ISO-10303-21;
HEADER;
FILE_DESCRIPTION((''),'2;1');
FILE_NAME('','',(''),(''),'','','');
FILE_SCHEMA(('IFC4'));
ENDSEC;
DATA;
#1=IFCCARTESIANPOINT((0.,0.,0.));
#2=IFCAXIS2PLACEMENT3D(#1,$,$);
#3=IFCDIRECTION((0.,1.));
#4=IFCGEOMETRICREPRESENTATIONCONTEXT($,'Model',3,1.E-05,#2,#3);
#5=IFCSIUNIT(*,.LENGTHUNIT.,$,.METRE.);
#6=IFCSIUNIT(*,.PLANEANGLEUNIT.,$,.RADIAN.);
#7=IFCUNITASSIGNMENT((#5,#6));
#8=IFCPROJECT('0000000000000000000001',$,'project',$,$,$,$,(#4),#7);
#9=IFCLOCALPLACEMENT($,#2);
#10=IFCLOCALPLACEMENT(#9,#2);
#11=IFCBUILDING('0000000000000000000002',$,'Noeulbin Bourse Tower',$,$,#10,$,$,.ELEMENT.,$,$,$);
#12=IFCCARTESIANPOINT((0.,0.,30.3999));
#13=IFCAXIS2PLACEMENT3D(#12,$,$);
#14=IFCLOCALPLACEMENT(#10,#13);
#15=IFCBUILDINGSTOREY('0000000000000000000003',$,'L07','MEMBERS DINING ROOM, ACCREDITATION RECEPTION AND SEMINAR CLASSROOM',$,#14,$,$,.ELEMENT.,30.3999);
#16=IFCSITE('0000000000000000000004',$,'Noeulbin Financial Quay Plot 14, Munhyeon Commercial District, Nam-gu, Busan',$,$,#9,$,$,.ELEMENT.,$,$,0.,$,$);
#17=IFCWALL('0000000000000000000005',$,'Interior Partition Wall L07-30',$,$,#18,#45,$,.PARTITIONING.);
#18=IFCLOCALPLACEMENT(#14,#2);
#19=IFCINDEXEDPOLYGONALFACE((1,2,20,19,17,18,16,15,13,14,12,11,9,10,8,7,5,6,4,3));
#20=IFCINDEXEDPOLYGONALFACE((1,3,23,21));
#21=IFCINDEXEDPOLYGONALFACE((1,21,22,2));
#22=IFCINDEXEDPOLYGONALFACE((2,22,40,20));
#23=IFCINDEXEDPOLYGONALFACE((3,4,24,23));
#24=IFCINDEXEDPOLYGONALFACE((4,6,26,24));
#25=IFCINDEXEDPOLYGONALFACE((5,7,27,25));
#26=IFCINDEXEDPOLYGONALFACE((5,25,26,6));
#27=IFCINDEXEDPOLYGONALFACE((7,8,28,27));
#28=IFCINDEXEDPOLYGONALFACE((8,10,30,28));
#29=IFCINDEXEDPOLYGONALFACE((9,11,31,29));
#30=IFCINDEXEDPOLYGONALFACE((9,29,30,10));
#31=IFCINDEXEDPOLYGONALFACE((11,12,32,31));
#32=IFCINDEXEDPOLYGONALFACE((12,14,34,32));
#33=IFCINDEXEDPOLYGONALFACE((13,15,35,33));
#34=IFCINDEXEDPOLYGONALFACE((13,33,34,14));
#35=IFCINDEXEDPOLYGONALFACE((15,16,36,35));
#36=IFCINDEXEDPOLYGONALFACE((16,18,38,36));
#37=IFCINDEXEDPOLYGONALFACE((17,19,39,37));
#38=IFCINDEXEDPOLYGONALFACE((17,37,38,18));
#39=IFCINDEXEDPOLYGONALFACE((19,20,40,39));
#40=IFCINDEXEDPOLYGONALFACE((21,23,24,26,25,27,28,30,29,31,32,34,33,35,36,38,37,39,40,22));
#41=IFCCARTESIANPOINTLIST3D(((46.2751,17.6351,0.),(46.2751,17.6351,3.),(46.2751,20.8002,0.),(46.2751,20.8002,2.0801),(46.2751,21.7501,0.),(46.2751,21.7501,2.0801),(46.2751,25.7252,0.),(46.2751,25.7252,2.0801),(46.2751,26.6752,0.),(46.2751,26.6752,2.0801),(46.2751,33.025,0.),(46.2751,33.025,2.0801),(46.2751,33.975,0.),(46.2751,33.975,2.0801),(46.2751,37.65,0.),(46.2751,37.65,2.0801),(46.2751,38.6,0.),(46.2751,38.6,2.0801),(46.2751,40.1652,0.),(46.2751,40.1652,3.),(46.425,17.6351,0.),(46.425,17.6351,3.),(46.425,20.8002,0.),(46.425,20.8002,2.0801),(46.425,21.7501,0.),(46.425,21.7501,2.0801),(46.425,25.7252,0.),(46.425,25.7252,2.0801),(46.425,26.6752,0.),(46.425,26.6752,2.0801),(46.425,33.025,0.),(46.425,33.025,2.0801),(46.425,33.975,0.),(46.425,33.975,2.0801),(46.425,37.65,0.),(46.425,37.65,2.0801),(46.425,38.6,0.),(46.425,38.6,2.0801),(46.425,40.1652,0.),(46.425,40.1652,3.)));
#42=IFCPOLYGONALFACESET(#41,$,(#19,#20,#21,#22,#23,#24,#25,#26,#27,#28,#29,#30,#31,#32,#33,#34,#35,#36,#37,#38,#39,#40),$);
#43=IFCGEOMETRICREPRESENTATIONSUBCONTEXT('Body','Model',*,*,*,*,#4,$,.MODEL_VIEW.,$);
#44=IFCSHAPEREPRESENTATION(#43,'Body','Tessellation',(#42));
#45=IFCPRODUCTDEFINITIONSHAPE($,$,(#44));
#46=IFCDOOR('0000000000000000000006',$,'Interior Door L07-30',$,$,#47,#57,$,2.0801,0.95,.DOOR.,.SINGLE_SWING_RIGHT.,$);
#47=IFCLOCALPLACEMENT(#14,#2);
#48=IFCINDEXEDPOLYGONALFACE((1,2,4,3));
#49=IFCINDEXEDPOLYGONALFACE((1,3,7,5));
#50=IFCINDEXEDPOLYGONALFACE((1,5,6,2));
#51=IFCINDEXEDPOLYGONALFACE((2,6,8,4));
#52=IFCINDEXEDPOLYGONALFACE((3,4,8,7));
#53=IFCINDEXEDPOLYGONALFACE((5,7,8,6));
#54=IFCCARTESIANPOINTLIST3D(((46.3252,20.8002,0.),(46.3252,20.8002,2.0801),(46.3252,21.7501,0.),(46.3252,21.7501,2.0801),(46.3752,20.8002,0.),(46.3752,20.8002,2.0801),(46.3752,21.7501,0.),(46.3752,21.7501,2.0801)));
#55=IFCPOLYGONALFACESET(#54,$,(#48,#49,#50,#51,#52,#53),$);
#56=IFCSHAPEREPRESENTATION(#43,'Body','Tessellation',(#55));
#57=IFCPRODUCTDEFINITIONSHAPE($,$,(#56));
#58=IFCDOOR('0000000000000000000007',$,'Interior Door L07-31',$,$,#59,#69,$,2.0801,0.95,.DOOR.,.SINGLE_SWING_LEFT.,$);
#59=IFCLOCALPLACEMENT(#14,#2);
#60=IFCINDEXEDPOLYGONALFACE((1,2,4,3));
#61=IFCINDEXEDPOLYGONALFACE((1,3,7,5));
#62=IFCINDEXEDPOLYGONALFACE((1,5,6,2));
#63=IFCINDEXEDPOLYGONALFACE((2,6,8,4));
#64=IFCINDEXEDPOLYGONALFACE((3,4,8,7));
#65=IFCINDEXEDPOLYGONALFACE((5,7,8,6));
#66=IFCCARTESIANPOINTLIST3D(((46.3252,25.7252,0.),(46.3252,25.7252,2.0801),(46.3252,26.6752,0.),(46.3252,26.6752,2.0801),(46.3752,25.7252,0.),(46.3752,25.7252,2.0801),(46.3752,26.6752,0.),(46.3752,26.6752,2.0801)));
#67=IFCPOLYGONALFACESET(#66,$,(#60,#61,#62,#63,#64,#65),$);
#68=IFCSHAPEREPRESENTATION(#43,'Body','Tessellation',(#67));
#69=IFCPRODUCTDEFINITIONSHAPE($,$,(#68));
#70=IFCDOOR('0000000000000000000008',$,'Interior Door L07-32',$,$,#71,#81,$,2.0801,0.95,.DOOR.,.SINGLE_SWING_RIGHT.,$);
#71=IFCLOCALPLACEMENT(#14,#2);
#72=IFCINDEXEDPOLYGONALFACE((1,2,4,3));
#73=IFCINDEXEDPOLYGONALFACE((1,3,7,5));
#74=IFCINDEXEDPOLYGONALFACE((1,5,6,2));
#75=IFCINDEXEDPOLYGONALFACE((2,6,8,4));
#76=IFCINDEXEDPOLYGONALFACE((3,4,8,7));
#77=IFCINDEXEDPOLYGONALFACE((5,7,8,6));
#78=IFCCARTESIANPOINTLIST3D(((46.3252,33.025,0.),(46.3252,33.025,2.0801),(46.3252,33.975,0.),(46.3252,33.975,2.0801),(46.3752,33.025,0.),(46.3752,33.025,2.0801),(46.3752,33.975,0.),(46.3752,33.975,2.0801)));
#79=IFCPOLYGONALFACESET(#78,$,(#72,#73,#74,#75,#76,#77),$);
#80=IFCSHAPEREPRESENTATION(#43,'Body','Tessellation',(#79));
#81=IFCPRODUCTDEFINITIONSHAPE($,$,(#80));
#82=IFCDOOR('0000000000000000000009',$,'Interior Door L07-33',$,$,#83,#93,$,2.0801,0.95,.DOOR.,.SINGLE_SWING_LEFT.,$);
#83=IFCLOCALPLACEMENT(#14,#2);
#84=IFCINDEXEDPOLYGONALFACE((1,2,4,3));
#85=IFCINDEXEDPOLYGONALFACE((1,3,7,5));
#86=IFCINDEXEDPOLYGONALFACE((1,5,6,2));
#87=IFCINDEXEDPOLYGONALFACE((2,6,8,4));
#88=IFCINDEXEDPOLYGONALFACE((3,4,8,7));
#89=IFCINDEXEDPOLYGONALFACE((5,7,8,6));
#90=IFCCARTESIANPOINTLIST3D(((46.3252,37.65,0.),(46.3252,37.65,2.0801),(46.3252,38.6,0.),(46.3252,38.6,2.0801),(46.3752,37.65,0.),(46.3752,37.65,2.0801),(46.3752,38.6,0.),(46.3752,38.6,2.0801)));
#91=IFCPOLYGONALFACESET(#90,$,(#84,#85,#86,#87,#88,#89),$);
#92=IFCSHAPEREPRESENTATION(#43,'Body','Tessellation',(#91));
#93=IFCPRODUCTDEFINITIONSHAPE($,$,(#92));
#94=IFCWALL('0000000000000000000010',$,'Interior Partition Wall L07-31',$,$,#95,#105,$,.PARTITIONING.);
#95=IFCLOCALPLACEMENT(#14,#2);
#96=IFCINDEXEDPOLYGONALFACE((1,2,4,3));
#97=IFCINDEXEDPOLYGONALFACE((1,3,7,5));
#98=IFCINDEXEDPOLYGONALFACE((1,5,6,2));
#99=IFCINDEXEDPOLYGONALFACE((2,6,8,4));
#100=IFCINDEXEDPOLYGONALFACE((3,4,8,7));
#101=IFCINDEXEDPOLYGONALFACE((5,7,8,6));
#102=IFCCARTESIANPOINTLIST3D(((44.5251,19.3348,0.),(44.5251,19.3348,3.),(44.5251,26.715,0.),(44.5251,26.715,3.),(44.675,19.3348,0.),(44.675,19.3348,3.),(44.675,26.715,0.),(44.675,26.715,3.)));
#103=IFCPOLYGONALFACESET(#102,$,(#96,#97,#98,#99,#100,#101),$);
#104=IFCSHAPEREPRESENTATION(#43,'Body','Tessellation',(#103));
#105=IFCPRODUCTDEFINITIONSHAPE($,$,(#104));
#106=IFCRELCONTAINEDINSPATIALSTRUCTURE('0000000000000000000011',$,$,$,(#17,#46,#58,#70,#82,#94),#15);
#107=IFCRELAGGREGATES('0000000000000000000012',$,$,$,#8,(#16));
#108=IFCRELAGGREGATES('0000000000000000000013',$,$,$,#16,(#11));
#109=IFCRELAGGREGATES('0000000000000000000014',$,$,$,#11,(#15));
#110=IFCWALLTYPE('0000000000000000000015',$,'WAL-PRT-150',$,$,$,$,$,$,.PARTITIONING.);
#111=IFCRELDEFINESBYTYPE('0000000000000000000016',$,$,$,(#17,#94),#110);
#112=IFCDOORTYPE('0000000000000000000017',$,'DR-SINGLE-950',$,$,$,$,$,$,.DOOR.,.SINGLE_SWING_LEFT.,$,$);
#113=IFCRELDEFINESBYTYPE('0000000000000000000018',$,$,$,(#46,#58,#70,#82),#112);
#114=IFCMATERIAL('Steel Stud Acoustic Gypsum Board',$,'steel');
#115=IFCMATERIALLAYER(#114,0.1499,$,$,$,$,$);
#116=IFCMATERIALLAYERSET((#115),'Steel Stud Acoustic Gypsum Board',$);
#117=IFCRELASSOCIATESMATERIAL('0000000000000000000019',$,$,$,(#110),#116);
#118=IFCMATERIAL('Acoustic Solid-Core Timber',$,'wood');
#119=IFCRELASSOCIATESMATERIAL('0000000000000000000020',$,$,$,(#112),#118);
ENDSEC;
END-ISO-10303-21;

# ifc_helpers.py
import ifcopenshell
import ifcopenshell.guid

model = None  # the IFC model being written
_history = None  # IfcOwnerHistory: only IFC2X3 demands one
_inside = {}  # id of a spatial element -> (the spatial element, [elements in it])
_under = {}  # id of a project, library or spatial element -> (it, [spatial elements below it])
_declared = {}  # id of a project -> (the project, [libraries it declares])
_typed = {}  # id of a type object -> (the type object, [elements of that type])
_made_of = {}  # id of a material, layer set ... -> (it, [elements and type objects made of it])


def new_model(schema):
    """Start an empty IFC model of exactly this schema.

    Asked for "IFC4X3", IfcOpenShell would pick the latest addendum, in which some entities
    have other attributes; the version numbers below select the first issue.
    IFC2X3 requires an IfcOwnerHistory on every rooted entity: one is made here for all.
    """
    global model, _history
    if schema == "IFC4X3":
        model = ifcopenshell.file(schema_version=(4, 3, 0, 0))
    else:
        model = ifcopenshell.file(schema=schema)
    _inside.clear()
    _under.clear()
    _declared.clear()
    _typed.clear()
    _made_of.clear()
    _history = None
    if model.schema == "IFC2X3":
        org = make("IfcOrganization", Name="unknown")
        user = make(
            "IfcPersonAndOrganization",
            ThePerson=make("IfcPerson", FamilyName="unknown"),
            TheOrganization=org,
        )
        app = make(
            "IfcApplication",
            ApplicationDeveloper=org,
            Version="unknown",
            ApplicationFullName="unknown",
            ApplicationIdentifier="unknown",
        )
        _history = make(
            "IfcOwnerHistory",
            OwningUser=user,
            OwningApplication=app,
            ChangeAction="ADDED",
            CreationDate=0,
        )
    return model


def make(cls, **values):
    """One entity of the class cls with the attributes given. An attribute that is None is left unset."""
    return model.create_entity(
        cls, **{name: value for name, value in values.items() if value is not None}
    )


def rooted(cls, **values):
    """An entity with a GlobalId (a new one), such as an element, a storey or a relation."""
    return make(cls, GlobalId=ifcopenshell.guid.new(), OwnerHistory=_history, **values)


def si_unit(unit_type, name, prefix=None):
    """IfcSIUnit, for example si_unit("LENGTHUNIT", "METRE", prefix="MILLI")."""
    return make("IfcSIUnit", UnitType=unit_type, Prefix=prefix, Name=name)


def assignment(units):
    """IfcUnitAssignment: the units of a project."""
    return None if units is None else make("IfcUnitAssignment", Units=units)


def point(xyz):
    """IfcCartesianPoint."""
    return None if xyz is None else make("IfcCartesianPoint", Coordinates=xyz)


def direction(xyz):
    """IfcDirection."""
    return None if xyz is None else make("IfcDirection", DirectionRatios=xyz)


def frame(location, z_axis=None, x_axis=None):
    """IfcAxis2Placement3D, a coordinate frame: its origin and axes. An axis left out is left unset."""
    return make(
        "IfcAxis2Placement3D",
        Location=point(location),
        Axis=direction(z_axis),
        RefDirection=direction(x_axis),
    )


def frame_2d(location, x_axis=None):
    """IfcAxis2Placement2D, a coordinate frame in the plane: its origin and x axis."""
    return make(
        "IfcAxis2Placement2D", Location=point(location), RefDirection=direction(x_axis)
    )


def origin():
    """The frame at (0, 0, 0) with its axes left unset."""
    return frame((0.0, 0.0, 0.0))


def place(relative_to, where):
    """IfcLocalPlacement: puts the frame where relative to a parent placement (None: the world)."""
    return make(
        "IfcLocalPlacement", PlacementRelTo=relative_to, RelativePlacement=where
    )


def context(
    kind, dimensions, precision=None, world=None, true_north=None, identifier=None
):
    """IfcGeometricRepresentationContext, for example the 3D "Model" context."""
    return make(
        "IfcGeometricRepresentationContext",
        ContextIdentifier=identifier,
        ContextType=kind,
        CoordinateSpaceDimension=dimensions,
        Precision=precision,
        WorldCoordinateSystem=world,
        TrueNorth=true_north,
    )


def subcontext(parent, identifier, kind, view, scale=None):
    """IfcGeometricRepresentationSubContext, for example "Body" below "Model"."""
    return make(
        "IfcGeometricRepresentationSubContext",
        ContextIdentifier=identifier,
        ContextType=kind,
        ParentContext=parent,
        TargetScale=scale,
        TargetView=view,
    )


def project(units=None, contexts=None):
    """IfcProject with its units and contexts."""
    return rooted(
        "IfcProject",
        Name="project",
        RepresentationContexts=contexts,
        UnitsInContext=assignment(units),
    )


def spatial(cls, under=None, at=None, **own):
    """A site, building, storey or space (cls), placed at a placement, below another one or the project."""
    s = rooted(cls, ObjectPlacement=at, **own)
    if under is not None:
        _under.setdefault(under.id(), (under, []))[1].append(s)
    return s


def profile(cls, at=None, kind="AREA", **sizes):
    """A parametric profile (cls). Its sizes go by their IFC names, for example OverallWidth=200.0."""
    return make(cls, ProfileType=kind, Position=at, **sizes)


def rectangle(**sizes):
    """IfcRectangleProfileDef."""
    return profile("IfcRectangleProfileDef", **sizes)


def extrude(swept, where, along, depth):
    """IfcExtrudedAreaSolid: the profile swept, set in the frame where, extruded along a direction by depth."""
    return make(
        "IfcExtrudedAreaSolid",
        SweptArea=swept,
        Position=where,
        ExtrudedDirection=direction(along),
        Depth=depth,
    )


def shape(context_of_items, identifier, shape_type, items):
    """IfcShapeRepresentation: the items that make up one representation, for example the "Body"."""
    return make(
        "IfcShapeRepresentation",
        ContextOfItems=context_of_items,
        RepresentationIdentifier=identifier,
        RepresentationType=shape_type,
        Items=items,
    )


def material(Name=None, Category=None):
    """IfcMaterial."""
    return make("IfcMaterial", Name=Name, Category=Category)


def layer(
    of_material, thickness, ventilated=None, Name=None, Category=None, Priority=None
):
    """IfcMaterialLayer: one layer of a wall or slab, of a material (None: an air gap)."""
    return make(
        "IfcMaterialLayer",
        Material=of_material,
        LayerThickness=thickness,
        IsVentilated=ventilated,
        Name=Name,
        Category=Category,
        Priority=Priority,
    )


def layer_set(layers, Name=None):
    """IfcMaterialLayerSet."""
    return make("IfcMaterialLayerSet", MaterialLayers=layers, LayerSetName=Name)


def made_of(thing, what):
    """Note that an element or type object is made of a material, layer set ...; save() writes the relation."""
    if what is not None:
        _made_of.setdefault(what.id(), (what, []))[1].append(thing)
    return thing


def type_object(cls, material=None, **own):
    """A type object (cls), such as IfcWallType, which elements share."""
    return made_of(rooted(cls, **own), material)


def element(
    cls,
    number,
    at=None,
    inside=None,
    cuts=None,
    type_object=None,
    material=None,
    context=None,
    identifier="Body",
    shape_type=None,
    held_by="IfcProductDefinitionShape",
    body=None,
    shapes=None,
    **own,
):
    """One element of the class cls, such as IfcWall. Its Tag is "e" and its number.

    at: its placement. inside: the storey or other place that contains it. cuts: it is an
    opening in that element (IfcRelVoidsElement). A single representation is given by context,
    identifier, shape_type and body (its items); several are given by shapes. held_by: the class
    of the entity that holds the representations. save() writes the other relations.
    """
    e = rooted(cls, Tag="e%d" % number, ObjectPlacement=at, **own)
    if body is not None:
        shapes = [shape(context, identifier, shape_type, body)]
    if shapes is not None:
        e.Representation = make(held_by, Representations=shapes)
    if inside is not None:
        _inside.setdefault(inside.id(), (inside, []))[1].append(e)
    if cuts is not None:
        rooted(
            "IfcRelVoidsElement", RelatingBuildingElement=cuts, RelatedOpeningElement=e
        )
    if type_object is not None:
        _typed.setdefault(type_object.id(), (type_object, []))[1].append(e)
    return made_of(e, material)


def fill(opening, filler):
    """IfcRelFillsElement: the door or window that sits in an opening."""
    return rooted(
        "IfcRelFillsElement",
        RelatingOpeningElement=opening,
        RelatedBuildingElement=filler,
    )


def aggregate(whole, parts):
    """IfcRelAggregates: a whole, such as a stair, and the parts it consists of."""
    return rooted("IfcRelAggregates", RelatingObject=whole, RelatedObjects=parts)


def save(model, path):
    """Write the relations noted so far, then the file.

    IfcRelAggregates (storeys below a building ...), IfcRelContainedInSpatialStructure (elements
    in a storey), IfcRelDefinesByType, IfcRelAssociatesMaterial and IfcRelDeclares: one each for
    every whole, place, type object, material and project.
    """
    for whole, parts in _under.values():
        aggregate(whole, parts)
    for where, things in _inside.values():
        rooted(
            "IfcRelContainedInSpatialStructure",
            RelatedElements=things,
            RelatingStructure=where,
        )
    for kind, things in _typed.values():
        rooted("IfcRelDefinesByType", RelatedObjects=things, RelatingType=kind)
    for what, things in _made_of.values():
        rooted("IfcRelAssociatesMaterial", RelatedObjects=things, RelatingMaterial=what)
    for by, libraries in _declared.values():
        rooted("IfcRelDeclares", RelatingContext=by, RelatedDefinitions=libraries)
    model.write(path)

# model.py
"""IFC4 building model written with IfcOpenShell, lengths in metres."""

from ifc_helpers import new_model, si_unit, direction, frame, frame_2d, origin, place, context, subcontext, project, spatial, rectangle, extrude, material, layer, layer_set, type_object, element, fill, save


model = new_model("IFC4")

# Units and contexts
model_context = context("Model", 3, precision=1e-05, world=origin(), true_north=direction((0.0, 1.0)))
body_context = subcontext(model_context, "Body", "Model", "MODEL_VIEW")
ifc_project = project(units=[si_unit("LENGTHUNIT", "METRE"), si_unit("PLANEANGLEUNIT", "RADIAN")], contexts=[model_context])

# Site, building, storey
site_placement = place(None, origin())
site = spatial("IfcSite", under=ifc_project, at=site_placement, Name="Noeulbin Financial Quay Plot 14, Munhyeon Commercial District, Nam-gu, Busan", CompositionType="ELEMENT", RefElevation=0.0)
building_placement = place(site_placement, origin())
building = spatial("IfcBuilding", under=site, at=building_placement, Name="Noeulbin Bourse Tower", CompositionType="ELEMENT")
storey_placement = place(building_placement, frame((0.0, 0.0, 30.3999)))
storey = spatial("IfcBuildingStorey", under=building, at=storey_placement, Name="L07", Description="MEMBERS DINING ROOM, ACCREDITATION RECEPTION AND SEMINAR CLASSROOM", CompositionType="ELEMENT", Elevation=30.3999)

# Wall, openings, doors
ifc_material_1 = material(Name="Steel Stud Acoustic Gypsum Board", Category="steel")
ifc_layer_1 = layer(ifc_material_1, 0.1499)
ifc_layer_set_1 = layer_set([ifc_layer_1], Name="Steel Stud Acoustic Gypsum Board")
wall_type_1 = type_object("IfcWallType", Name="WAL-PRT-150", PredefinedType="PARTITIONING", material=ifc_layer_set_1)
wall_1_placement = place(storey_placement, frame((46.3501, 17.635, 0.0), z_axis=(0.0, 0.0, 1.0), x_axis=(0.0, 1.0, 0.0)))
wall_1 = element("IfcWall", 1, at=wall_1_placement, inside=storey, type_object=wall_type_1, Name="Interior Partition Wall L07-30", PredefinedType="PARTITIONING", context=body_context, shape_type="SweptSolid", body=[
    extrude(rectangle(XDim=22.53, YDim=0.1499, at=frame_2d((11.2651, 0.0))), origin(), (0.0, 0.0, 1.0), 3.0),
])
opening_1_placement = place(wall_1_placement, frame((3.165, 0.0, 0.0)))
opening_1 = element("IfcOpeningElement", 2, at=opening_1_placement, cuts=wall_1, PredefinedType="OPENING", context=body_context, shape_type="SweptSolid", body=[
    extrude(rectangle(XDim=0.95, YDim=2.0801, at=frame_2d((0.4751, 1.04))), frame((0.0, 0.085, 0.0), z_axis=(0.0, -1.0, 0.0), x_axis=(1.0, 0.0, 0.0)), (0.0, 0.0, 1.0), 0.1699),
])
opening_2_placement = place(wall_1_placement, frame((8.0901, 0.0, 0.0)))
opening_2 = element("IfcOpeningElement", 3, at=opening_2_placement, cuts=wall_1, PredefinedType="OPENING", context=body_context, shape_type="SweptSolid", body=[
    extrude(rectangle(XDim=0.95, YDim=2.0801, at=frame_2d((0.4751, 1.04))), frame((0.0, 0.085, 0.0), z_axis=(0.0, -1.0, 0.0), x_axis=(1.0, 0.0, 0.0)), (0.0, 0.0, 1.0), 0.1699),
])
opening_3_placement = place(wall_1_placement, frame((15.3899, 0.0, 0.0)))
opening_3 = element("IfcOpeningElement", 4, at=opening_3_placement, cuts=wall_1, PredefinedType="OPENING", context=body_context, shape_type="SweptSolid", body=[
    extrude(rectangle(XDim=0.95, YDim=2.0801, at=frame_2d((0.4751, 1.04))), frame((0.0, 0.085, 0.0), z_axis=(0.0, -1.0, 0.0), x_axis=(1.0, 0.0, 0.0)), (0.0, 0.0, 1.0), 0.1699),
])
opening_4_placement = place(wall_1_placement, frame((20.0149, 0.0, 0.0)))
opening_4 = element("IfcOpeningElement", 5, at=opening_4_placement, cuts=wall_1, PredefinedType="OPENING", context=body_context, shape_type="SweptSolid", body=[
    extrude(rectangle(XDim=0.95, YDim=2.0801, at=frame_2d((0.4751, 1.04))), frame((0.0, 0.085, 0.0), z_axis=(0.0, -1.0, 0.0), x_axis=(1.0, 0.0, 0.0)), (0.0, 0.0, 1.0), 0.1699),
])
ifc_material_2 = material(Name="Acoustic Solid-Core Timber", Category="wood")
door_type = type_object("IfcDoorType", Name="DR-SINGLE-950", OperationType="SINGLE_SWING_LEFT", PredefinedType="DOOR", material=ifc_material_2)
door_1_placement = place(opening_1_placement, origin())
door_1 = element("IfcDoor", 6, at=door_1_placement, inside=storey, type_object=door_type, Name="Interior Door L07-30", OperationType="SINGLE_SWING_RIGHT", OverallHeight=2.0801, OverallWidth=0.95, PredefinedType="DOOR", context=body_context, shape_type="SweptSolid", body=[
    extrude(rectangle(XDim=0.95, YDim=2.0801, at=frame_2d((0.4751, 1.04))), frame((0.0, 0.0249, 0.0), z_axis=(0.0, -1.0, 0.0), x_axis=(1.0, 0.0, 0.0)), (0.0, 0.0, 1.0), 0.05),
])
fill(opening_1, door_1)
door_2_placement = place(opening_2_placement, origin())
door_2 = element("IfcDoor", 7, at=door_2_placement, inside=storey, type_object=door_type, Name="Interior Door L07-31", OperationType="SINGLE_SWING_LEFT", OverallHeight=2.0801, OverallWidth=0.95, PredefinedType="DOOR", context=body_context, shape_type="SweptSolid", body=[
    extrude(rectangle(XDim=0.95, YDim=2.0801, at=frame_2d((0.4751, 1.04))), frame((0.0, 0.0249, 0.0), z_axis=(0.0, -1.0, 0.0), x_axis=(1.0, 0.0, 0.0)), (0.0, 0.0, 1.0), 0.05),
])
fill(opening_2, door_2)
door_3_placement = place(opening_3_placement, origin())
door_3 = element("IfcDoor", 8, at=door_3_placement, inside=storey, type_object=door_type, Name="Interior Door L07-32", OperationType="SINGLE_SWING_RIGHT", OverallHeight=2.0801, OverallWidth=0.95, PredefinedType="DOOR", context=body_context, shape_type="SweptSolid", body=[
    extrude(rectangle(XDim=0.95, YDim=2.0801, at=frame_2d((0.4751, 1.04))), frame((0.0, 0.0249, 0.0), z_axis=(0.0, -1.0, 0.0), x_axis=(1.0, 0.0, 0.0)), (0.0, 0.0, 1.0), 0.05),
])
fill(opening_3, door_3)
door_4_placement = place(opening_4_placement, origin())
door_4 = element("IfcDoor", 9, at=door_4_placement, inside=storey, type_object=door_type, Name="Interior Door L07-33", OperationType="SINGLE_SWING_LEFT", OverallHeight=2.0801, OverallWidth=0.95, PredefinedType="DOOR", context=body_context, shape_type="SweptSolid", body=[
    extrude(rectangle(XDim=0.95, YDim=2.0801, at=frame_2d((0.4751, 1.04))), frame((0.0, 0.0249, 0.0), z_axis=(0.0, -1.0, 0.0), x_axis=(1.0, 0.0, 0.0)), (0.0, 0.0, 1.0), 0.05),
])
fill(opening_4, door_4)

# Wall
wall_2_placement = place(storey_placement, frame((44.6001, 19.335, 0.0), z_axis=(0.0, 0.0, 1.0), x_axis=(0.0, 1.0, 0.0)))
element("IfcWall", 10, at=wall_2_placement, inside=storey, type_object=wall_type_1, Name="Interior Partition Wall L07-31", PredefinedType="PARTITIONING", context=body_context, shape_type="SweptSolid", body=[
    extrude(rectangle(XDim=7.3801, YDim=0.1499, at=frame_2d((3.6899, 0.0))), origin(), (0.0, 0.0, 1.0), 3.0),
])

save(model, "model.ifc")
